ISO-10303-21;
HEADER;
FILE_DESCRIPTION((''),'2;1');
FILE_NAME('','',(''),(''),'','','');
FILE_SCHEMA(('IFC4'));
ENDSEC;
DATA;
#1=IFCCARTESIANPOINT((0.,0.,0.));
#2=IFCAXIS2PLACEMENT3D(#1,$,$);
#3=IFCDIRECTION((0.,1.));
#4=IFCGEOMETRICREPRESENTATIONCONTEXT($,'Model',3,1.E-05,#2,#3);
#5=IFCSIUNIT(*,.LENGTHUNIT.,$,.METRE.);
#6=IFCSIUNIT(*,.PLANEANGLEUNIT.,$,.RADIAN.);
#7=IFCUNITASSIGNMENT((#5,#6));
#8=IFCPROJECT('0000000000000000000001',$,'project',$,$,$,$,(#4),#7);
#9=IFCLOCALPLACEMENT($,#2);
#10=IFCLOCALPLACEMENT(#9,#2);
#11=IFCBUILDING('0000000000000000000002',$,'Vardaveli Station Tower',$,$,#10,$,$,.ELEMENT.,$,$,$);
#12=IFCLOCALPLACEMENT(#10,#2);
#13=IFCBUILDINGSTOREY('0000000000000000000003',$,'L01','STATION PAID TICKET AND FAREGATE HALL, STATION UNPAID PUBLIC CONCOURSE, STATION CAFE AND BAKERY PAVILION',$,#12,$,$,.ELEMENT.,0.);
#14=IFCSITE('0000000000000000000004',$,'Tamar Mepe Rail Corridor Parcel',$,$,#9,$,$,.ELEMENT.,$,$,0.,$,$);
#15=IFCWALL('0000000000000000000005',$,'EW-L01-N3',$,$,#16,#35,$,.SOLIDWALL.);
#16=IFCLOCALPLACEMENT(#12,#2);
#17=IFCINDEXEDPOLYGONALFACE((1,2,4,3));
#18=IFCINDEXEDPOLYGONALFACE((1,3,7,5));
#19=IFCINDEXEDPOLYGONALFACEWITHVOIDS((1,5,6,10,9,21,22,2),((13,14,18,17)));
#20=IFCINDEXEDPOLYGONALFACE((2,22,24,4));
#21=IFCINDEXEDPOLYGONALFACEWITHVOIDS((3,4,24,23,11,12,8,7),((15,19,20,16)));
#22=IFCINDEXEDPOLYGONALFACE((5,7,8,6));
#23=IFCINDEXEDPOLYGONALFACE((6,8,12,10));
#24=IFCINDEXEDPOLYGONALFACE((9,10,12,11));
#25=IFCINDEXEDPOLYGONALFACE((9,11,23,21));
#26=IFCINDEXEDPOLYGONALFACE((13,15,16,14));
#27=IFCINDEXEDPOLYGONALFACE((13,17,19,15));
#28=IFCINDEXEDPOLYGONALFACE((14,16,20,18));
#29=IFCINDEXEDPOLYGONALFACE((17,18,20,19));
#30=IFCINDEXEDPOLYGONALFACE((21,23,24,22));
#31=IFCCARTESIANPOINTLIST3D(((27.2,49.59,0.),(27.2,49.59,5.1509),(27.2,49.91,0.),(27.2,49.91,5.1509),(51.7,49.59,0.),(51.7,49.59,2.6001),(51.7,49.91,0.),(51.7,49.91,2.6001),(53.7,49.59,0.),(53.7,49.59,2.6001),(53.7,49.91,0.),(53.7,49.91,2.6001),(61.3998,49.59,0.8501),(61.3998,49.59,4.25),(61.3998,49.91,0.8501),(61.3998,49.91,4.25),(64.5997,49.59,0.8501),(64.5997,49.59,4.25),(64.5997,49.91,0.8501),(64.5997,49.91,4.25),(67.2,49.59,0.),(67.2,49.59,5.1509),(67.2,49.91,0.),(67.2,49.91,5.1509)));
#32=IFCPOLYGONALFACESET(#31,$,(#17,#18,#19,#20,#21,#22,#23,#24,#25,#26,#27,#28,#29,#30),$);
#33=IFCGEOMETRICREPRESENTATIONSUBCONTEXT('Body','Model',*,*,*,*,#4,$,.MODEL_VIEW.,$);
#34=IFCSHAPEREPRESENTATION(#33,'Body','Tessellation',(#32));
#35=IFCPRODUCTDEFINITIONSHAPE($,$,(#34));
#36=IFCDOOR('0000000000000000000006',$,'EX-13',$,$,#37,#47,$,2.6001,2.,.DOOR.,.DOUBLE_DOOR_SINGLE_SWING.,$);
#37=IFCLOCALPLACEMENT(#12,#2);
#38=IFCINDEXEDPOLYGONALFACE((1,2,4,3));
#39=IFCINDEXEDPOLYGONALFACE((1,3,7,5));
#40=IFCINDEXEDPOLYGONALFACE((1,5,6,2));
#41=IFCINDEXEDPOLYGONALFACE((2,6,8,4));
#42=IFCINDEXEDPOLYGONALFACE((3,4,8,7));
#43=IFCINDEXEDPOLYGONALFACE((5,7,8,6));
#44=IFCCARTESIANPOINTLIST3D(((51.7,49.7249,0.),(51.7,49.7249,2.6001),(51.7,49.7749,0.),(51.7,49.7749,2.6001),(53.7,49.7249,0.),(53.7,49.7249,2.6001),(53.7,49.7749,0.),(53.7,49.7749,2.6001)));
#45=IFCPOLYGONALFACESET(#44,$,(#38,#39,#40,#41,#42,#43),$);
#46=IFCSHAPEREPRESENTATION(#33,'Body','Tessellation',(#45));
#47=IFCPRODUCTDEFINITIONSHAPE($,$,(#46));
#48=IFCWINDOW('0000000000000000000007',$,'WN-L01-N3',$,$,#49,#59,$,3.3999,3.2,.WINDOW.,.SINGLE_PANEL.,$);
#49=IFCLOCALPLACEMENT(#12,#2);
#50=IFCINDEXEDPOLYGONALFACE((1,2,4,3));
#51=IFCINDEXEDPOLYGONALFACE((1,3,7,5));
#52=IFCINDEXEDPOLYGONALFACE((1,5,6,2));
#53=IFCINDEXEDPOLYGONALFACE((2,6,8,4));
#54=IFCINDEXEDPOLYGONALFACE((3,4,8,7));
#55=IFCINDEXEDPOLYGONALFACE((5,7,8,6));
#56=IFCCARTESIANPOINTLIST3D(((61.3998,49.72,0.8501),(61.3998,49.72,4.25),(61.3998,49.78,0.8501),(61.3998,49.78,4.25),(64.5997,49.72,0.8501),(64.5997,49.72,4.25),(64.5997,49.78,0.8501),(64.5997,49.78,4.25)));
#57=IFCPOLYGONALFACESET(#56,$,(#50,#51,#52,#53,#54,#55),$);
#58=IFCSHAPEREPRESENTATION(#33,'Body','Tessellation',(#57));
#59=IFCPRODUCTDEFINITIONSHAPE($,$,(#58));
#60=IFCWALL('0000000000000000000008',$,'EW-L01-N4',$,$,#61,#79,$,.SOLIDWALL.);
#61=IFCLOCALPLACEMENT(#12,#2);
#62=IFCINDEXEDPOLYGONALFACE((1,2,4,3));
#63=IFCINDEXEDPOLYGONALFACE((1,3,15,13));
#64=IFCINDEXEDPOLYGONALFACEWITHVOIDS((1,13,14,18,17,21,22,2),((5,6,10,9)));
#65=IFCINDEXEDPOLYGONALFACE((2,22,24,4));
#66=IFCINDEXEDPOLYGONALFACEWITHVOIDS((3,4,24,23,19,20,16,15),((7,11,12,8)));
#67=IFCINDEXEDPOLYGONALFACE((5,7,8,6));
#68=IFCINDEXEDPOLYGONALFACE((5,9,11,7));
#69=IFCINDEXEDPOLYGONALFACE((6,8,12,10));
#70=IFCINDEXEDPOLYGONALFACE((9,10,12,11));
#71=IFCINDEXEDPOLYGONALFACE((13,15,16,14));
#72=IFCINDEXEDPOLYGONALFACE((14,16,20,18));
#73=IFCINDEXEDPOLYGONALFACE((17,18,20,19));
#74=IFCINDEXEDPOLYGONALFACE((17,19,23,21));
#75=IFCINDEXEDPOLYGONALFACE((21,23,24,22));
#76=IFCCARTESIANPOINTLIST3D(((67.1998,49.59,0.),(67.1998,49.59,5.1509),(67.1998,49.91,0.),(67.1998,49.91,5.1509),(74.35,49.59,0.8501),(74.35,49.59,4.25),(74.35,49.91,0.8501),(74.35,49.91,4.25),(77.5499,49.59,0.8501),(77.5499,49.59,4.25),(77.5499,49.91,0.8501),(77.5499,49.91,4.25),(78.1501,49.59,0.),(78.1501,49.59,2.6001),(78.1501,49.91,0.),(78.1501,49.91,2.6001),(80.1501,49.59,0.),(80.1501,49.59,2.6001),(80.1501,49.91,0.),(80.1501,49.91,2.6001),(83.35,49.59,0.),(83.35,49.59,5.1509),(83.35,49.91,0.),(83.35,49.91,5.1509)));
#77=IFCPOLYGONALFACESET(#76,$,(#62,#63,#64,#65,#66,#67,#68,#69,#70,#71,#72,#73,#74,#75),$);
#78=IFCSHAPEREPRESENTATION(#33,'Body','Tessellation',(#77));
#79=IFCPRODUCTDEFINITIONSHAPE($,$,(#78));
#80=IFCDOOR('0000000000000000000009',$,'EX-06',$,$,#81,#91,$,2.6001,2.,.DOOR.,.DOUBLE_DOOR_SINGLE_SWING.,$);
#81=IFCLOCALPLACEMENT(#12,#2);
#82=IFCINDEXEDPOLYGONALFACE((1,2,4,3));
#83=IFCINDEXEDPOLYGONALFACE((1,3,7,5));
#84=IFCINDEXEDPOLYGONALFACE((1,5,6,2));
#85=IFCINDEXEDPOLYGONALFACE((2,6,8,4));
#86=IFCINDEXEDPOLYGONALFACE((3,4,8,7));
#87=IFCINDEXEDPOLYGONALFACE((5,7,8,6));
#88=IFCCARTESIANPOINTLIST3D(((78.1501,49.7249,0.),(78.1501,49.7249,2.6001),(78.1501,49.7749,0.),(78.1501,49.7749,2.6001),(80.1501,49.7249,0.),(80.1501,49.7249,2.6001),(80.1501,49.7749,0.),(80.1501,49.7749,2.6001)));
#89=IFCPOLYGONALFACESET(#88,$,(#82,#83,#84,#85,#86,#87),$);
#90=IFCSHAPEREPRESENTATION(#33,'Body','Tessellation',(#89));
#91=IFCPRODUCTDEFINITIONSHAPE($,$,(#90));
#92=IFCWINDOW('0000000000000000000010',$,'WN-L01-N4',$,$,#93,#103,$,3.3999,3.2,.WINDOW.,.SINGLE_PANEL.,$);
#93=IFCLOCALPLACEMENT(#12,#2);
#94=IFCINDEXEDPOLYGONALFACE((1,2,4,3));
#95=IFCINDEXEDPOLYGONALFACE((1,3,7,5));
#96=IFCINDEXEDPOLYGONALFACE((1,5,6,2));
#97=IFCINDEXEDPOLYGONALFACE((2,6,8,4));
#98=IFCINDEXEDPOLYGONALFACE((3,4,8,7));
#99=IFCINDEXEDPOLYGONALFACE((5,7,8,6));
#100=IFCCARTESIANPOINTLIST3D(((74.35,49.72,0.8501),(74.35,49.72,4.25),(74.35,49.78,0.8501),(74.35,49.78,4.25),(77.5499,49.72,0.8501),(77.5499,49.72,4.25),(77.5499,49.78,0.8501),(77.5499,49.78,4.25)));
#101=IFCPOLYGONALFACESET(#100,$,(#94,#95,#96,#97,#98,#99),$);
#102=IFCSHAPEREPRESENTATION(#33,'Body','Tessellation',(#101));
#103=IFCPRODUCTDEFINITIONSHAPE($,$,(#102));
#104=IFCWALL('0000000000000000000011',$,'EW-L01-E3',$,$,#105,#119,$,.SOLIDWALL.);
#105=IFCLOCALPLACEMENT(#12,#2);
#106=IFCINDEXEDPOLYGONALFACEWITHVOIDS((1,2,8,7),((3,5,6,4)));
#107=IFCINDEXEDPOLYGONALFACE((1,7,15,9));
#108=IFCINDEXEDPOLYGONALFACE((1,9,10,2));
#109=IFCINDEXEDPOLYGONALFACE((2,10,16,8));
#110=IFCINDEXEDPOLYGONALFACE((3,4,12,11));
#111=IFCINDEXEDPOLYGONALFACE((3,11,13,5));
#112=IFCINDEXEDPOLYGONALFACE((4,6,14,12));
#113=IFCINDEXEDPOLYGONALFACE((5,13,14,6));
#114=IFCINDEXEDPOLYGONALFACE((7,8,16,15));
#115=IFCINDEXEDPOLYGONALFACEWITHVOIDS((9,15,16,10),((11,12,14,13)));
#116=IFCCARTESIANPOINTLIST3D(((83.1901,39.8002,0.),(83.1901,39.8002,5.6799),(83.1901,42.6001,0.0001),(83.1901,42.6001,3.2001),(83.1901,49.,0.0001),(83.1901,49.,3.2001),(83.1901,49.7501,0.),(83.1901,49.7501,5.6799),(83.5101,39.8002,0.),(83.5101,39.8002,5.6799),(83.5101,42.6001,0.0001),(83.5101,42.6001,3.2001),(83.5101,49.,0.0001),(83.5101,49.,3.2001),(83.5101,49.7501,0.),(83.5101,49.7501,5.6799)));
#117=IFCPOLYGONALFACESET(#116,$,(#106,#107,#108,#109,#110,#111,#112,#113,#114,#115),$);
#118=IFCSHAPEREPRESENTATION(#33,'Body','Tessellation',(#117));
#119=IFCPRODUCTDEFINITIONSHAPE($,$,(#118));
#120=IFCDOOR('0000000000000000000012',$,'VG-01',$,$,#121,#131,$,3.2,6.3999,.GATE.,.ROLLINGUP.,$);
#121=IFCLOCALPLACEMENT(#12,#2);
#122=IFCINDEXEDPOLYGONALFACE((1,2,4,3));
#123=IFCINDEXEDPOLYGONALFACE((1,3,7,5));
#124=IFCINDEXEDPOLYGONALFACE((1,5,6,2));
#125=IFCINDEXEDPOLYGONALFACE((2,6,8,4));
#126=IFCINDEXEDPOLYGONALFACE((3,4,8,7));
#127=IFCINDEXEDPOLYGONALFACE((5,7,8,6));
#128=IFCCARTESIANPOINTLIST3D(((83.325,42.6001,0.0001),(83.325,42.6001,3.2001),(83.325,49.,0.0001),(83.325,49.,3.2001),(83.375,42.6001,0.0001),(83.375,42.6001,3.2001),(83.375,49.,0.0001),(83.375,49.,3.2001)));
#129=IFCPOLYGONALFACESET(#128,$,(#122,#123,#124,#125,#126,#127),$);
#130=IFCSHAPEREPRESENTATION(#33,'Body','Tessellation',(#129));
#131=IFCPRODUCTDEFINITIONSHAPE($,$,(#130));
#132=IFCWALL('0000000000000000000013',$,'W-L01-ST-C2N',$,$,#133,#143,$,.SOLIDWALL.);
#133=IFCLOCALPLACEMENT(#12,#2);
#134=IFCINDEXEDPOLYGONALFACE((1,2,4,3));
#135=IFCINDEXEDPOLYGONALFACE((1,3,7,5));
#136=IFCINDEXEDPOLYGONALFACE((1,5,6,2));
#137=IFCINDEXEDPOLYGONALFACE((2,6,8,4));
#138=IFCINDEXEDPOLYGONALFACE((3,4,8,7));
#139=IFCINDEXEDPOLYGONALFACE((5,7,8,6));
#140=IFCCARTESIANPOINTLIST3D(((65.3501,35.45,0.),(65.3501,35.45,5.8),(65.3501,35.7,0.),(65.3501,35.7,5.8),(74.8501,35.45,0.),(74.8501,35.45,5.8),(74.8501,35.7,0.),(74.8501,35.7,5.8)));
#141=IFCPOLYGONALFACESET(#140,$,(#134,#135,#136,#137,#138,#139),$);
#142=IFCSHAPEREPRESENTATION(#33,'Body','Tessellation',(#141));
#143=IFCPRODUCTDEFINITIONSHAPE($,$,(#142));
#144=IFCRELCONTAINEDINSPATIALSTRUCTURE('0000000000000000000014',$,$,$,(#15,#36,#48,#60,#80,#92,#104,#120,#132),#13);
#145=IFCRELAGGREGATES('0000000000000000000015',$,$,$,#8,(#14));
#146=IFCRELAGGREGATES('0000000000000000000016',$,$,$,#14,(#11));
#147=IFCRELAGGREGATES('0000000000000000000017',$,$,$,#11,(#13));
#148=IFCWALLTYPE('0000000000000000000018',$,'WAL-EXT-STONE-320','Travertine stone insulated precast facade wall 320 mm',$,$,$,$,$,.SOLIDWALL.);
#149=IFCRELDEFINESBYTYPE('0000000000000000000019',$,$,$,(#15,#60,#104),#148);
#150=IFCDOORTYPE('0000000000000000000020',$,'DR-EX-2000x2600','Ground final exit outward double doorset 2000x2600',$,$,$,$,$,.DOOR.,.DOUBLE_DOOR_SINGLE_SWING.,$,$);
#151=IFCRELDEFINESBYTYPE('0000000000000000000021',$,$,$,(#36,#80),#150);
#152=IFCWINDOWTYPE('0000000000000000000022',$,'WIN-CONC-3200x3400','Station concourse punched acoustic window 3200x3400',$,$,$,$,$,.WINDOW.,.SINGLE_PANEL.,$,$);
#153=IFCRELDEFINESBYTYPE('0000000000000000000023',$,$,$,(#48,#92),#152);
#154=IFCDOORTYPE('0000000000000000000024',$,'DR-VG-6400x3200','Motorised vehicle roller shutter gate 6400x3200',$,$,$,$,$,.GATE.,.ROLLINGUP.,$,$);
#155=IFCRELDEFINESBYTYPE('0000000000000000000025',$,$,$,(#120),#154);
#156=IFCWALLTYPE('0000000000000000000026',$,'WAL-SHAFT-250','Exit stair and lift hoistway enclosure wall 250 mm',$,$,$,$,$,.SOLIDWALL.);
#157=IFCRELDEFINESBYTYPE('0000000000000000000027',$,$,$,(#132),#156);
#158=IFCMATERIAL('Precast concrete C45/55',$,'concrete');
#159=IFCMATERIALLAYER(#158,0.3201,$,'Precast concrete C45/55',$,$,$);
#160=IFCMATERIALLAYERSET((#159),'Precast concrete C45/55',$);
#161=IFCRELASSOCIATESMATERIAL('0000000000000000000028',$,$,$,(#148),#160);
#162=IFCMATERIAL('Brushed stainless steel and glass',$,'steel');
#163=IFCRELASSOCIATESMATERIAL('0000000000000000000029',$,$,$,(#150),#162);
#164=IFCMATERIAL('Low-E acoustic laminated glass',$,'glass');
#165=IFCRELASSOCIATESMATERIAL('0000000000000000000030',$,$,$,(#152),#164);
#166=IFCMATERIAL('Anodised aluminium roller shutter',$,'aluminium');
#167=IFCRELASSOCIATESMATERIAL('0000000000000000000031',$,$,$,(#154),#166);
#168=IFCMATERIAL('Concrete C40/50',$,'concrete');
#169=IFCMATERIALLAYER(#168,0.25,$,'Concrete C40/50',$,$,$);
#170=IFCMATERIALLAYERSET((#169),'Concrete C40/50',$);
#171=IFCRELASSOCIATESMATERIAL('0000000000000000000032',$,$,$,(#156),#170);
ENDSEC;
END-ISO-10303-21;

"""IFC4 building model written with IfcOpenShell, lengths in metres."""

from ifc_helpers import new_model, si_unit, direction, frame, frame_2d, origin, place, context, subcontext, project, spatial, rectangle, extrude, source, transform, mapped, material, layer, layer_set, type_object, element, fill, save


model = new_model("IFC4")

# Units and contexts
model_context = context("Model", 3, precision=1e-05, world=origin(), true_north=direction((0.0, 1.0)))
body_context = subcontext(model_context, "Body", "Model", "MODEL_VIEW")
ifc_project = project(units=[si_unit("LENGTHUNIT", "METRE"), si_unit("PLANEANGLEUNIT", "RADIAN")], contexts=[model_context])

# Site, building, storey
site_placement = place(None, origin())
site = spatial("IfcSite", under=ifc_project, at=site_placement, Name="Tamar Mepe Rail Corridor Parcel", CompositionType="ELEMENT", RefElevation=0.0)
building_placement = place(site_placement, origin())
building = spatial("IfcBuilding", under=site, at=building_placement, Name="Vardaveli Station Tower", CompositionType="ELEMENT")
storey_placement = place(building_placement, origin())
storey = spatial("IfcBuildingStorey", under=building, at=storey_placement, Name="L01", Description="STATION PAID TICKET AND FAREGATE HALL, STATION UNPAID PUBLIC CONCOURSE, STATION CAFE AND BAKERY PAVILION", CompositionType="ELEMENT", Elevation=0.0)

# Walls, openings, doors, windows
ifc_material_1 = material(Name="Precast concrete C45/55", Category="concrete")
ifc_layer_1 = layer(ifc_material_1, 0.3201, Name="Precast concrete C45/55")
ifc_layer_set_1 = layer_set([ifc_layer_1], Name="Precast concrete C45/55")
wall_type_1 = type_object("IfcWallType", Name="WAL-EXT-STONE-320", Description="Travertine stone insulated precast facade wall 320 mm", PredefinedType="SOLIDWALL", material=ifc_layer_set_1)
shared_shape_1 = source(origin(), body_context, "Body", "SweptSolid", [
    extrude(rectangle(XDim=40.0, YDim=0.3201, at=frame_2d((20.0, 0.0))), origin(), (0.0, 0.0, 1.0), 5.1509),
])
wall_1_placement = place(storey_placement, frame((67.2, 49.75, 0.0), z_axis=(0.0, 0.0, 1.0), x_axis=(-1.0, 0.0, 0.0)))
wall_1 = element("IfcWall", 1, at=wall_1_placement, inside=storey, type_object=wall_type_1, Name="EW-L01-N3", PredefinedType="SOLIDWALL", context=body_context, shape_type="MappedRepresentation", body=[
    mapped(shared_shape_1, transform((0.0, 0.0, 0.0), scale=1.0)),
])
shared_shape_2 = source(origin(), body_context, "Body", "SweptSolid", [
    extrude(rectangle(XDim=2.0, YDim=2.6001, at=frame_2d((1.0, 1.3))), frame((0.0, 0.1699, 0.0), z_axis=(0.0, -1.0, 0.0), x_axis=(1.0, 0.0, 0.0)), (0.0, 0.0, 1.0), 0.3401),
])
opening_1_placement = place(wall_1_placement, frame((13.5, 0.0, 0.0)))
opening_1 = element("IfcOpeningElement", 2, at=opening_1_placement, cuts=wall_1, PredefinedType="OPENING", context=body_context, shape_type="MappedRepresentation", body=[
    mapped(shared_shape_2, transform((0.0, 0.0, 0.0), scale=1.0)),
])
shared_shape_3 = source(origin(), body_context, "Body", "SweptSolid", [
    extrude(rectangle(XDim=3.2, YDim=3.3999, at=frame_2d((1.6001, 1.7))), frame((0.0, 0.1699, 0.0), z_axis=(0.0, -1.0, 0.0), x_axis=(1.0, 0.0, 0.0)), (0.0, 0.0, 1.0), 0.3401),
])
opening_2_placement = place(wall_1_placement, frame((2.6001, 0.0, 0.8501)))
opening_2 = element("IfcOpeningElement", 3, at=opening_2_placement, cuts=wall_1, PredefinedType="OPENING", context=body_context, shape_type="MappedRepresentation", body=[
    mapped(shared_shape_3, transform((0.0, 0.0, 0.0), scale=1.0)),
])
ifc_material_2 = material(Name="Brushed stainless steel and glass", Category="steel")
door_type_1 = type_object("IfcDoorType", Name="DR-EX-2000x2600", Description="Ground final exit outward double doorset 2000x2600", OperationType="DOUBLE_DOOR_SINGLE_SWING", PredefinedType="DOOR", material=ifc_material_2)
shared_shape_4 = source(origin(), body_context, "Body", "SweptSolid", [
    extrude(rectangle(XDim=2.0, YDim=2.6001, at=frame_2d((1.0, 1.3))), frame((0.0, 0.0249, 0.0), z_axis=(0.0, -1.0, 0.0), x_axis=(1.0, 0.0, 0.0)), (0.0, 0.0, 1.0), 0.05),
])
door_1_placement = place(opening_1_placement, frame((2.0, 0.0, 0.0), z_axis=(0.0, 0.0, 1.0), x_axis=(-1.0, 0.0, 0.0)))
door_1 = element("IfcDoor", 4, at=door_1_placement, inside=storey, type_object=door_type_1, Name="EX-13", OperationType="DOUBLE_DOOR_SINGLE_SWING", OverallHeight=2.6001, OverallWidth=2.0, PredefinedType="DOOR", context=body_context, shape_type="MappedRepresentation", body=[
    mapped(shared_shape_4, transform((0.0, 0.0, 0.0), scale=1.0)),
])
fill(opening_1, door_1)
ifc_material_3 = material(Name="Low-E acoustic laminated glass", Category="glass")
window_type = type_object("IfcWindowType", Name="WIN-CONC-3200x3400", Description="Station concourse punched acoustic window 3200x3400", PartitioningType="SINGLE_PANEL", PredefinedType="WINDOW", material=ifc_material_3)
shared_shape_5 = source(origin(), body_context, "Body", "SweptSolid", [
    extrude(rectangle(XDim=3.2, YDim=3.3999, at=frame_2d((1.6001, 1.7))), frame((0.0, 0.03, 0.0), z_axis=(0.0, -1.0, 0.0), x_axis=(1.0, 0.0, 0.0)), (0.0, 0.0, 1.0), 0.0601),
])
window_1_placement = place(opening_2_placement, origin())
window_1 = element("IfcWindow", 5, at=window_1_placement, inside=storey, type_object=window_type, Name="WN-L01-N3", OverallHeight=3.3999, OverallWidth=3.2, PartitioningType="SINGLE_PANEL", PredefinedType="WINDOW", context=body_context, shape_type="MappedRepresentation", body=[
    mapped(shared_shape_5, transform((0.0, 0.0, 0.0), scale=1.0)),
])
fill(opening_2, window_1)
shared_shape_6 = source(origin(), body_context, "Body", "SweptSolid", [
    extrude(rectangle(XDim=16.1501, YDim=0.3201, at=frame_2d((8.0752, 0.0))), origin(), (0.0, 0.0, 1.0), 5.1509),
])
wall_2_placement = place(storey_placement, frame((83.3501, 49.75, 0.0), z_axis=(0.0, 0.0, 1.0), x_axis=(-1.0, 0.0, 0.0)))
wall_2 = element("IfcWall", 6, at=wall_2_placement, inside=storey, type_object=wall_type_1, Name="EW-L01-N4", PredefinedType="SOLIDWALL", context=body_context, shape_type="MappedRepresentation", body=[
    mapped(shared_shape_6, transform((0.0, 0.0, 0.0), scale=1.0)),
])
opening_3_placement = place(wall_2_placement, frame((3.2, 0.0, 0.0)))
opening_3 = element("IfcOpeningElement", 7, at=opening_3_placement, cuts=wall_2, PredefinedType="OPENING", context=body_context, shape_type="MappedRepresentation", body=[
    mapped(shared_shape_2, transform((0.0, 0.0, 0.0), scale=1.0)),
])
opening_4_placement = place(wall_2_placement, frame((5.8, 0.0, 0.8501)))
opening_4 = element("IfcOpeningElement", 8, at=opening_4_placement, cuts=wall_2, PredefinedType="OPENING", context=body_context, shape_type="MappedRepresentation", body=[
    mapped(shared_shape_3, transform((0.0, 0.0, 0.0), scale=1.0)),
])
door_2_placement = place(opening_3_placement, frame((2.0, 0.0, 0.0), z_axis=(0.0, 0.0, 1.0), x_axis=(-1.0, 0.0, 0.0)))
door_2 = element("IfcDoor", 9, at=door_2_placement, inside=storey, type_object=door_type_1, Name="EX-06", OperationType="DOUBLE_DOOR_SINGLE_SWING", OverallHeight=2.6001, OverallWidth=2.0, PredefinedType="DOOR", context=body_context, shape_type="MappedRepresentation", body=[
    mapped(shared_shape_4, transform((0.0, 0.0, 0.0), scale=1.0)),
])
fill(opening_3, door_2)
window_2_placement = place(opening_4_placement, origin())
window_2 = element("IfcWindow", 10, at=window_2_placement, inside=storey, type_object=window_type, Name="WN-L01-N4", OverallHeight=3.3999, OverallWidth=3.2, PartitioningType="SINGLE_PANEL", PredefinedType="WINDOW", context=body_context, shape_type="MappedRepresentation", body=[
    mapped(shared_shape_5, transform((0.0, 0.0, 0.0), scale=1.0)),
])
fill(opening_4, window_2)

# Wall, opening, door
shared_shape_7 = source(origin(), body_context, "Body", "SweptSolid", [
    extrude(rectangle(XDim=9.95, YDim=0.3201, at=frame_2d((4.9751, 0.0))), origin(), (0.0, 0.0, 1.0), 5.6799),
])
wall_3_placement = place(storey_placement, frame((83.3501, 39.8, 0.0), z_axis=(0.0, 0.0, 1.0), x_axis=(0.0, 1.0, 0.0)))
wall_3 = element("IfcWall", 11, at=wall_3_placement, inside=storey, type_object=wall_type_1, Name="EW-L01-E3", PredefinedType="SOLIDWALL", context=body_context, shape_type="MappedRepresentation", body=[
    mapped(shared_shape_7, transform((0.0, 0.0, 0.0), scale=1.0)),
])
shared_shape_8 = source(origin(), body_context, "Body", "SweptSolid", [
    extrude(rectangle(XDim=6.3999, YDim=3.2, at=frame_2d((3.2, 1.6001))), frame((0.0, 0.1699, 0.0), z_axis=(0.0, -1.0, 0.0), x_axis=(1.0, 0.0, 0.0)), (0.0, 0.0, 1.0), 0.3401),
])
opening_5_placement = place(wall_3_placement, frame((2.8, 0.0, 0.0)))
opening_5 = element("IfcOpeningElement", 12, at=opening_5_placement, cuts=wall_3, PredefinedType="OPENING", context=body_context, shape_type="MappedRepresentation", body=[
    mapped(shared_shape_8, transform((0.0, 0.0, 0.0), scale=1.0)),
])
ifc_material_4 = material(Name="Anodised aluminium roller shutter", Category="aluminium")
door_type_2 = type_object("IfcDoorType", Name="DR-VG-6400x3200", Description="Motorised vehicle roller shutter gate 6400x3200", OperationType="ROLLINGUP", PredefinedType="GATE", material=ifc_material_4)
shared_shape_9 = source(origin(), body_context, "Body", "SweptSolid", [
    extrude(rectangle(XDim=6.3999, YDim=3.2, at=frame_2d((3.2, 1.6001))), frame((0.0, 0.0249, 0.0), z_axis=(0.0, -1.0, 0.0), x_axis=(1.0, 0.0, 0.0)), (0.0, 0.0, 1.0), 0.05),
])
door_3_placement = place(opening_5_placement, frame((6.3999, 0.0, 0.0), z_axis=(0.0, 0.0, 1.0), x_axis=(-1.0, 0.0, 0.0)))
door_3 = element("IfcDoor", 13, at=door_3_placement, inside=storey, type_object=door_type_2, Name="VG-01", OperationType="ROLLINGUP", OverallHeight=3.2, OverallWidth=6.3999, PredefinedType="GATE", context=body_context, shape_type="MappedRepresentation", body=[
    mapped(shared_shape_9, transform((0.0, 0.0, 0.0), scale=1.0)),
])
fill(opening_5, door_3)

# Wall
ifc_material_5 = material(Name="Concrete C40/50", Category="concrete")
ifc_layer_2 = layer(ifc_material_5, 0.25, Name="Concrete C40/50")
ifc_layer_set_2 = layer_set([ifc_layer_2], Name="Concrete C40/50")
wall_type_2 = type_object("IfcWallType", Name="WAL-SHAFT-250", Description="Exit stair and lift hoistway enclosure wall 250 mm", PredefinedType="SOLIDWALL", material=ifc_layer_set_2)
shared_shape_10 = source(origin(), body_context, "Body", "SweptSolid", [
    extrude(rectangle(XDim=9.5, YDim=0.25, at=frame_2d((4.75, 0.0))), origin(), (0.0, 0.0, 1.0), 5.8),
])
wall_4_placement = place(storey_placement, frame((65.3501, 35.575, 0.0), z_axis=(0.0, 0.0, 1.0), x_axis=(1.0, 0.0, 0.0)))
element("IfcWall", 14, at=wall_4_placement, inside=storey, type_object=wall_type_2, Name="W-L01-ST-C2N", PredefinedType="SOLIDWALL", context=body_context, shape_type="MappedRepresentation", body=[
    mapped(shared_shape_10, transform((0.0, 0.0, 0.0), scale=1.0)),
])

save(model, "model.ifc")
